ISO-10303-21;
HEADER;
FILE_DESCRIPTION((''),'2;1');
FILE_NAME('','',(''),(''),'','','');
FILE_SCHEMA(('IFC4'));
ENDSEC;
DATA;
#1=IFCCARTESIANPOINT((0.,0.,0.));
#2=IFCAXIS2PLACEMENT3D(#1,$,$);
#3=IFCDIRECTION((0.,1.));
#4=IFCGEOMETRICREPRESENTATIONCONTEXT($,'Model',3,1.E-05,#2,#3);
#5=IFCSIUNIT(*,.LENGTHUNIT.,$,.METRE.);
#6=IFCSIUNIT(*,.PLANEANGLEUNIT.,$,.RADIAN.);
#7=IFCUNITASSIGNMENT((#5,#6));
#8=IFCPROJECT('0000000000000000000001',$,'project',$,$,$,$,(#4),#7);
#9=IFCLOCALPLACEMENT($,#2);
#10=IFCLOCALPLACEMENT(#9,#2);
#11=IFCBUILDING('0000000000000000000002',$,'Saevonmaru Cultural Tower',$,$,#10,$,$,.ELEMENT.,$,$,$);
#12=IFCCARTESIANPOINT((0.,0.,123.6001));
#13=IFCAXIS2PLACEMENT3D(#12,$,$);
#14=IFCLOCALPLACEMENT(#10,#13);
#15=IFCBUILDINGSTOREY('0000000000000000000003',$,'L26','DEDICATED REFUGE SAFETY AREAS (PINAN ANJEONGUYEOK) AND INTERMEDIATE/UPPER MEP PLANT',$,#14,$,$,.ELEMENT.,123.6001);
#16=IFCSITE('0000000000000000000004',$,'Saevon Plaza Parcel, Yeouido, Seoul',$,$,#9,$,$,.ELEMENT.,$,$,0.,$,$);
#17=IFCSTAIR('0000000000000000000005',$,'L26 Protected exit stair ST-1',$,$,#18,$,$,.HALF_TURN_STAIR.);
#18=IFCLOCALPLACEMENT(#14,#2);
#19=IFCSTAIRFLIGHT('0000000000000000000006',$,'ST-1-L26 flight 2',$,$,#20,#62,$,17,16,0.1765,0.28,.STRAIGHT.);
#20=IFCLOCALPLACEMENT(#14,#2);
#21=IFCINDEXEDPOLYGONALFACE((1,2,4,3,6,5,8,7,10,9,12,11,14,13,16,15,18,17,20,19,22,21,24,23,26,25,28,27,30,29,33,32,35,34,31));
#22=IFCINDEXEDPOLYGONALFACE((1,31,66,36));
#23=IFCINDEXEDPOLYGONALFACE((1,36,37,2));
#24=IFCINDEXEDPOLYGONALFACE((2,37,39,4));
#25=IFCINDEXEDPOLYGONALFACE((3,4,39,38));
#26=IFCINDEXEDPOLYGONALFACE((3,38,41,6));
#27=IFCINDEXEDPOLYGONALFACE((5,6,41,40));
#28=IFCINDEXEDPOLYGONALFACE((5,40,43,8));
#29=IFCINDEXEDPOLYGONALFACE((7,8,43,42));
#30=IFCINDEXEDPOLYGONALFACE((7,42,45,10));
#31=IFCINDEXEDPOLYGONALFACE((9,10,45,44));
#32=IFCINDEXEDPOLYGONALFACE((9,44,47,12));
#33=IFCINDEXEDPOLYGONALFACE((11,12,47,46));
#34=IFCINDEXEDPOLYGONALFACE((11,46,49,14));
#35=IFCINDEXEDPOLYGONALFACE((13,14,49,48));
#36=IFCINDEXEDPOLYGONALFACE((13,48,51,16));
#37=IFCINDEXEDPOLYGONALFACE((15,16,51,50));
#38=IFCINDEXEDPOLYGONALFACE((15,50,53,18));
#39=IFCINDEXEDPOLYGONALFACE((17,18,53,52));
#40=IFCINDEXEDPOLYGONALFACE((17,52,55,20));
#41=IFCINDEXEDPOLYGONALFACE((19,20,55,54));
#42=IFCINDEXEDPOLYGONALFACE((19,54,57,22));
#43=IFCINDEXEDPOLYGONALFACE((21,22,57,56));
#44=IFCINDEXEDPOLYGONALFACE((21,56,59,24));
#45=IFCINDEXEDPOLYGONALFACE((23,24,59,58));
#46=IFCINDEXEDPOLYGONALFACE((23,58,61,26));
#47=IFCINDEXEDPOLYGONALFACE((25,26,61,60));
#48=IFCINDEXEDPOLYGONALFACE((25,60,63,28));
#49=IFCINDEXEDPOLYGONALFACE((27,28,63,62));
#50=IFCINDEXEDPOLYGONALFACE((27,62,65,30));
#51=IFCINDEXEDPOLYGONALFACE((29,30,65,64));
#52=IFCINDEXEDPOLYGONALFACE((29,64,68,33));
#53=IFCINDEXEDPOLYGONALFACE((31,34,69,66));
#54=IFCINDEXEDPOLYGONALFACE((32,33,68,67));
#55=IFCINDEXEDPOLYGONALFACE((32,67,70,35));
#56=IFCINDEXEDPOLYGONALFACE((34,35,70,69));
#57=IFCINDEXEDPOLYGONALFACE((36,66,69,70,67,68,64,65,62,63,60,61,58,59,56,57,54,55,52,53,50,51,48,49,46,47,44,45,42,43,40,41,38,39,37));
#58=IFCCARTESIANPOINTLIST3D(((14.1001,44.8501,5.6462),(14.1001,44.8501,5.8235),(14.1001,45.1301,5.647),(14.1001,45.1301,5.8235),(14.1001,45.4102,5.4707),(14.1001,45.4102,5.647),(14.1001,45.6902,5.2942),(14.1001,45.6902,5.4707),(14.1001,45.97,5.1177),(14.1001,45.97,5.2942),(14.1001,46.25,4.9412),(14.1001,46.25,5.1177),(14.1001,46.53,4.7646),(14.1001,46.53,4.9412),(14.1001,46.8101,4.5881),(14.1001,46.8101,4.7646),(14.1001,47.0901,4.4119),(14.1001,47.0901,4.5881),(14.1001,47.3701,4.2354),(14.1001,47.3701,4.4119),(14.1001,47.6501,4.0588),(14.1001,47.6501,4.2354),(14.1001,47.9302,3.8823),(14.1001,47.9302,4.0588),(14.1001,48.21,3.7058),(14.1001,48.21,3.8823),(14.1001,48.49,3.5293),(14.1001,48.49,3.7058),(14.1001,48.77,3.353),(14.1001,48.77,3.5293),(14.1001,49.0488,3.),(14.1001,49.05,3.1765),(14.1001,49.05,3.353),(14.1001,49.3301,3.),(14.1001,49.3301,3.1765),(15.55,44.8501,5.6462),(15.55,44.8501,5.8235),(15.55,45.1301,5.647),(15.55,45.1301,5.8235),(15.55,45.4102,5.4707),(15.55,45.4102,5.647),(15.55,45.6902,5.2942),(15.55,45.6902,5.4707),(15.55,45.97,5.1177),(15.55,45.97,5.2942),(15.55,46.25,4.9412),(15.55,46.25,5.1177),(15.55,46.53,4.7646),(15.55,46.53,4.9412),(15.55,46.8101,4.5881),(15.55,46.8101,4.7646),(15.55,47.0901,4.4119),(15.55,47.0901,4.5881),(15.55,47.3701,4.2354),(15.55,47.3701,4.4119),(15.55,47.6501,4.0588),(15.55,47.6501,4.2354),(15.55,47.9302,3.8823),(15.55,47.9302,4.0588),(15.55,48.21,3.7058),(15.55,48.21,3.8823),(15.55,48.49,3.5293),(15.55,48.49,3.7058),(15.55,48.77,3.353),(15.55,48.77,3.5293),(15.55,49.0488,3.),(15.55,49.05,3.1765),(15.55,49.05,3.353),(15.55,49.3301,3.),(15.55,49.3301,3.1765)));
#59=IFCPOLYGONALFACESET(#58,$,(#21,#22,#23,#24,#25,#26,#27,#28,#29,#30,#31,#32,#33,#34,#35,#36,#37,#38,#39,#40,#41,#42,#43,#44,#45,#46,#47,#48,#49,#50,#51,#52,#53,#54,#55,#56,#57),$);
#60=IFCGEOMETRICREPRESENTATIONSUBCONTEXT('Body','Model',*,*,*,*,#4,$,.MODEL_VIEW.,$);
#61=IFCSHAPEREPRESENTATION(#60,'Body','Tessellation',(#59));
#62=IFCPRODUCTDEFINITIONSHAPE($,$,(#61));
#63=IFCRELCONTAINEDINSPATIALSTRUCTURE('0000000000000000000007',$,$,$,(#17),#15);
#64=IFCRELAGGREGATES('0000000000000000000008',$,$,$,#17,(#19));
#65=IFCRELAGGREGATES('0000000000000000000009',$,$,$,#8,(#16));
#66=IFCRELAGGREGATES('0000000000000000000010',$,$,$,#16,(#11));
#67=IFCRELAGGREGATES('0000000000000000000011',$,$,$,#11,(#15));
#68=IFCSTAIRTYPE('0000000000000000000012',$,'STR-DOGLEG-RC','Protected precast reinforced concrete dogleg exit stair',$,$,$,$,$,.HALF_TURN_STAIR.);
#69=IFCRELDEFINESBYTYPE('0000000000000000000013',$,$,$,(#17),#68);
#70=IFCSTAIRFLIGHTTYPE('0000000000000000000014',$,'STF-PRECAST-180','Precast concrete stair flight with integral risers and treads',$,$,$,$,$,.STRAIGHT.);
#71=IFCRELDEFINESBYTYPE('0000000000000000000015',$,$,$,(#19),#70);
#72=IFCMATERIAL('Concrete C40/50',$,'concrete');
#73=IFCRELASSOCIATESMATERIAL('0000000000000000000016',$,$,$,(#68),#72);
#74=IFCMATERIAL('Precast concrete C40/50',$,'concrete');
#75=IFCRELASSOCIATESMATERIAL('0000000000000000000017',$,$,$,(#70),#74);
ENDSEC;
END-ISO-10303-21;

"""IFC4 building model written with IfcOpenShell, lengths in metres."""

from ifc_helpers import new_model, si_unit, direction, frame, origin, place, context, subcontext, project, spatial, polyline, outline, extrude, material, type_object, element, aggregate, save


model = new_model("IFC4")

# Units and contexts
model_context = context("Model", 3, precision=1e-05, world=origin(), true_north=direction((0.0, 1.0)))
body_context = subcontext(model_context, "Body", "Model", "MODEL_VIEW")
ifc_project = project(units=[si_unit("LENGTHUNIT", "METRE"), si_unit("PLANEANGLEUNIT", "RADIAN")], contexts=[model_context])

# Site, building, storey
site_placement = place(None, origin())
site = spatial("IfcSite", under=ifc_project, at=site_placement, Name="Saevon Plaza Parcel, Yeouido, Seoul", CompositionType="ELEMENT", RefElevation=0.0)
building_placement = place(site_placement, origin())
building = spatial("IfcBuilding", under=site, at=building_placement, Name="Saevonmaru Cultural Tower", CompositionType="ELEMENT")
storey_placement = place(building_placement, frame((0.0, 0.0, 123.6001)))
storey = spatial("IfcBuildingStorey", under=building, at=storey_placement, Name="L26", Description="DEDICATED REFUGE SAFETY AREAS (PINAN ANJEONGUYEOK) AND INTERMEDIATE/UPPER MEP PLANT", CompositionType="ELEMENT", Elevation=123.6001)

# Shared definitions
ifc_material_1 = material(Name="Concrete C40/50", Category="concrete")

# Stair, stair flight
stair_type = type_object("IfcStairType", Name="STR-DOGLEG-RC", Description="Protected precast reinforced concrete dogleg exit stair", PredefinedType="HALF_TURN_STAIR", material=ifc_material_1)
stair_placement = place(storey_placement, origin())
stair = element("IfcStair", 1, at=stair_placement, inside=storey, type_object=stair_type, Name="L26 Protected exit stair ST-1", PredefinedType="HALF_TURN_STAIR")
ifc_material_2 = material(Name="Precast concrete C40/50", Category="concrete")
stair_flight_type = type_object("IfcStairFlightType", Name="STF-PRECAST-180", Description="Precast concrete stair flight with integral risers and treads", PredefinedType="STRAIGHT", material=ifc_material_2)
stair_flight_1_placement = place(storey_placement, frame((14.825, 49.3301, 3.0), z_axis=(0.0, 0.0, 1.0), x_axis=(0.0, -1.0, 0.0)))
stair_flight_1 = element("IfcStairFlight", 2, at=stair_flight_1_placement, type_object=stair_flight_type, Name="ST-1-L26 flight 2", NumberOfRisers=17, NumberOfTreads=16, PredefinedType="STRAIGHT", RiserHeight=0.1765, TreadLength=0.28, context=body_context, shape_type="SweptSolid", body=[
    extrude(outline(polyline([(0.0, 0.0), (0.0, 0.1765), (0.28, 0.1765), (0.28, 0.353), (0.5601, 0.353), (0.5601, 0.5293), (0.8401, 0.5293), (0.8401, 0.7058), (1.1201, 0.7058), (1.1201, 0.8823), (1.3999, 0.8823), (1.3999, 1.0588), (1.6799, 1.0588), (1.6799, 1.2354), (1.96, 1.2354), (1.96, 1.4119), (2.24, 1.4119), (2.24, 1.5881), (2.52, 1.5881), (2.52, 1.7646), (2.8, 1.7646), (2.8, 1.9412), (3.0801, 1.9412), (3.0801, 2.1177), (3.3601, 2.1177), (3.3601, 2.2942), (3.6399, 2.2942), (3.6399, 2.4707), (3.9199, 2.4707), (3.9199, 2.647), (4.2, 2.647), (4.2, 2.8235), (4.48, 2.8235), (4.48, 3.0), (4.48, 2.6462), (0.2812, 0.0), (0.0, 0.0)])), frame((0.0, 0.7251, 0.0), z_axis=(0.0, -1.0, 0.0), x_axis=(1.0, 0.0, 0.0)), (0.0, 0.0, 1.0), 1.45),
])
aggregate(stair, [stair_flight_1])

save(model, "model.ifc")
